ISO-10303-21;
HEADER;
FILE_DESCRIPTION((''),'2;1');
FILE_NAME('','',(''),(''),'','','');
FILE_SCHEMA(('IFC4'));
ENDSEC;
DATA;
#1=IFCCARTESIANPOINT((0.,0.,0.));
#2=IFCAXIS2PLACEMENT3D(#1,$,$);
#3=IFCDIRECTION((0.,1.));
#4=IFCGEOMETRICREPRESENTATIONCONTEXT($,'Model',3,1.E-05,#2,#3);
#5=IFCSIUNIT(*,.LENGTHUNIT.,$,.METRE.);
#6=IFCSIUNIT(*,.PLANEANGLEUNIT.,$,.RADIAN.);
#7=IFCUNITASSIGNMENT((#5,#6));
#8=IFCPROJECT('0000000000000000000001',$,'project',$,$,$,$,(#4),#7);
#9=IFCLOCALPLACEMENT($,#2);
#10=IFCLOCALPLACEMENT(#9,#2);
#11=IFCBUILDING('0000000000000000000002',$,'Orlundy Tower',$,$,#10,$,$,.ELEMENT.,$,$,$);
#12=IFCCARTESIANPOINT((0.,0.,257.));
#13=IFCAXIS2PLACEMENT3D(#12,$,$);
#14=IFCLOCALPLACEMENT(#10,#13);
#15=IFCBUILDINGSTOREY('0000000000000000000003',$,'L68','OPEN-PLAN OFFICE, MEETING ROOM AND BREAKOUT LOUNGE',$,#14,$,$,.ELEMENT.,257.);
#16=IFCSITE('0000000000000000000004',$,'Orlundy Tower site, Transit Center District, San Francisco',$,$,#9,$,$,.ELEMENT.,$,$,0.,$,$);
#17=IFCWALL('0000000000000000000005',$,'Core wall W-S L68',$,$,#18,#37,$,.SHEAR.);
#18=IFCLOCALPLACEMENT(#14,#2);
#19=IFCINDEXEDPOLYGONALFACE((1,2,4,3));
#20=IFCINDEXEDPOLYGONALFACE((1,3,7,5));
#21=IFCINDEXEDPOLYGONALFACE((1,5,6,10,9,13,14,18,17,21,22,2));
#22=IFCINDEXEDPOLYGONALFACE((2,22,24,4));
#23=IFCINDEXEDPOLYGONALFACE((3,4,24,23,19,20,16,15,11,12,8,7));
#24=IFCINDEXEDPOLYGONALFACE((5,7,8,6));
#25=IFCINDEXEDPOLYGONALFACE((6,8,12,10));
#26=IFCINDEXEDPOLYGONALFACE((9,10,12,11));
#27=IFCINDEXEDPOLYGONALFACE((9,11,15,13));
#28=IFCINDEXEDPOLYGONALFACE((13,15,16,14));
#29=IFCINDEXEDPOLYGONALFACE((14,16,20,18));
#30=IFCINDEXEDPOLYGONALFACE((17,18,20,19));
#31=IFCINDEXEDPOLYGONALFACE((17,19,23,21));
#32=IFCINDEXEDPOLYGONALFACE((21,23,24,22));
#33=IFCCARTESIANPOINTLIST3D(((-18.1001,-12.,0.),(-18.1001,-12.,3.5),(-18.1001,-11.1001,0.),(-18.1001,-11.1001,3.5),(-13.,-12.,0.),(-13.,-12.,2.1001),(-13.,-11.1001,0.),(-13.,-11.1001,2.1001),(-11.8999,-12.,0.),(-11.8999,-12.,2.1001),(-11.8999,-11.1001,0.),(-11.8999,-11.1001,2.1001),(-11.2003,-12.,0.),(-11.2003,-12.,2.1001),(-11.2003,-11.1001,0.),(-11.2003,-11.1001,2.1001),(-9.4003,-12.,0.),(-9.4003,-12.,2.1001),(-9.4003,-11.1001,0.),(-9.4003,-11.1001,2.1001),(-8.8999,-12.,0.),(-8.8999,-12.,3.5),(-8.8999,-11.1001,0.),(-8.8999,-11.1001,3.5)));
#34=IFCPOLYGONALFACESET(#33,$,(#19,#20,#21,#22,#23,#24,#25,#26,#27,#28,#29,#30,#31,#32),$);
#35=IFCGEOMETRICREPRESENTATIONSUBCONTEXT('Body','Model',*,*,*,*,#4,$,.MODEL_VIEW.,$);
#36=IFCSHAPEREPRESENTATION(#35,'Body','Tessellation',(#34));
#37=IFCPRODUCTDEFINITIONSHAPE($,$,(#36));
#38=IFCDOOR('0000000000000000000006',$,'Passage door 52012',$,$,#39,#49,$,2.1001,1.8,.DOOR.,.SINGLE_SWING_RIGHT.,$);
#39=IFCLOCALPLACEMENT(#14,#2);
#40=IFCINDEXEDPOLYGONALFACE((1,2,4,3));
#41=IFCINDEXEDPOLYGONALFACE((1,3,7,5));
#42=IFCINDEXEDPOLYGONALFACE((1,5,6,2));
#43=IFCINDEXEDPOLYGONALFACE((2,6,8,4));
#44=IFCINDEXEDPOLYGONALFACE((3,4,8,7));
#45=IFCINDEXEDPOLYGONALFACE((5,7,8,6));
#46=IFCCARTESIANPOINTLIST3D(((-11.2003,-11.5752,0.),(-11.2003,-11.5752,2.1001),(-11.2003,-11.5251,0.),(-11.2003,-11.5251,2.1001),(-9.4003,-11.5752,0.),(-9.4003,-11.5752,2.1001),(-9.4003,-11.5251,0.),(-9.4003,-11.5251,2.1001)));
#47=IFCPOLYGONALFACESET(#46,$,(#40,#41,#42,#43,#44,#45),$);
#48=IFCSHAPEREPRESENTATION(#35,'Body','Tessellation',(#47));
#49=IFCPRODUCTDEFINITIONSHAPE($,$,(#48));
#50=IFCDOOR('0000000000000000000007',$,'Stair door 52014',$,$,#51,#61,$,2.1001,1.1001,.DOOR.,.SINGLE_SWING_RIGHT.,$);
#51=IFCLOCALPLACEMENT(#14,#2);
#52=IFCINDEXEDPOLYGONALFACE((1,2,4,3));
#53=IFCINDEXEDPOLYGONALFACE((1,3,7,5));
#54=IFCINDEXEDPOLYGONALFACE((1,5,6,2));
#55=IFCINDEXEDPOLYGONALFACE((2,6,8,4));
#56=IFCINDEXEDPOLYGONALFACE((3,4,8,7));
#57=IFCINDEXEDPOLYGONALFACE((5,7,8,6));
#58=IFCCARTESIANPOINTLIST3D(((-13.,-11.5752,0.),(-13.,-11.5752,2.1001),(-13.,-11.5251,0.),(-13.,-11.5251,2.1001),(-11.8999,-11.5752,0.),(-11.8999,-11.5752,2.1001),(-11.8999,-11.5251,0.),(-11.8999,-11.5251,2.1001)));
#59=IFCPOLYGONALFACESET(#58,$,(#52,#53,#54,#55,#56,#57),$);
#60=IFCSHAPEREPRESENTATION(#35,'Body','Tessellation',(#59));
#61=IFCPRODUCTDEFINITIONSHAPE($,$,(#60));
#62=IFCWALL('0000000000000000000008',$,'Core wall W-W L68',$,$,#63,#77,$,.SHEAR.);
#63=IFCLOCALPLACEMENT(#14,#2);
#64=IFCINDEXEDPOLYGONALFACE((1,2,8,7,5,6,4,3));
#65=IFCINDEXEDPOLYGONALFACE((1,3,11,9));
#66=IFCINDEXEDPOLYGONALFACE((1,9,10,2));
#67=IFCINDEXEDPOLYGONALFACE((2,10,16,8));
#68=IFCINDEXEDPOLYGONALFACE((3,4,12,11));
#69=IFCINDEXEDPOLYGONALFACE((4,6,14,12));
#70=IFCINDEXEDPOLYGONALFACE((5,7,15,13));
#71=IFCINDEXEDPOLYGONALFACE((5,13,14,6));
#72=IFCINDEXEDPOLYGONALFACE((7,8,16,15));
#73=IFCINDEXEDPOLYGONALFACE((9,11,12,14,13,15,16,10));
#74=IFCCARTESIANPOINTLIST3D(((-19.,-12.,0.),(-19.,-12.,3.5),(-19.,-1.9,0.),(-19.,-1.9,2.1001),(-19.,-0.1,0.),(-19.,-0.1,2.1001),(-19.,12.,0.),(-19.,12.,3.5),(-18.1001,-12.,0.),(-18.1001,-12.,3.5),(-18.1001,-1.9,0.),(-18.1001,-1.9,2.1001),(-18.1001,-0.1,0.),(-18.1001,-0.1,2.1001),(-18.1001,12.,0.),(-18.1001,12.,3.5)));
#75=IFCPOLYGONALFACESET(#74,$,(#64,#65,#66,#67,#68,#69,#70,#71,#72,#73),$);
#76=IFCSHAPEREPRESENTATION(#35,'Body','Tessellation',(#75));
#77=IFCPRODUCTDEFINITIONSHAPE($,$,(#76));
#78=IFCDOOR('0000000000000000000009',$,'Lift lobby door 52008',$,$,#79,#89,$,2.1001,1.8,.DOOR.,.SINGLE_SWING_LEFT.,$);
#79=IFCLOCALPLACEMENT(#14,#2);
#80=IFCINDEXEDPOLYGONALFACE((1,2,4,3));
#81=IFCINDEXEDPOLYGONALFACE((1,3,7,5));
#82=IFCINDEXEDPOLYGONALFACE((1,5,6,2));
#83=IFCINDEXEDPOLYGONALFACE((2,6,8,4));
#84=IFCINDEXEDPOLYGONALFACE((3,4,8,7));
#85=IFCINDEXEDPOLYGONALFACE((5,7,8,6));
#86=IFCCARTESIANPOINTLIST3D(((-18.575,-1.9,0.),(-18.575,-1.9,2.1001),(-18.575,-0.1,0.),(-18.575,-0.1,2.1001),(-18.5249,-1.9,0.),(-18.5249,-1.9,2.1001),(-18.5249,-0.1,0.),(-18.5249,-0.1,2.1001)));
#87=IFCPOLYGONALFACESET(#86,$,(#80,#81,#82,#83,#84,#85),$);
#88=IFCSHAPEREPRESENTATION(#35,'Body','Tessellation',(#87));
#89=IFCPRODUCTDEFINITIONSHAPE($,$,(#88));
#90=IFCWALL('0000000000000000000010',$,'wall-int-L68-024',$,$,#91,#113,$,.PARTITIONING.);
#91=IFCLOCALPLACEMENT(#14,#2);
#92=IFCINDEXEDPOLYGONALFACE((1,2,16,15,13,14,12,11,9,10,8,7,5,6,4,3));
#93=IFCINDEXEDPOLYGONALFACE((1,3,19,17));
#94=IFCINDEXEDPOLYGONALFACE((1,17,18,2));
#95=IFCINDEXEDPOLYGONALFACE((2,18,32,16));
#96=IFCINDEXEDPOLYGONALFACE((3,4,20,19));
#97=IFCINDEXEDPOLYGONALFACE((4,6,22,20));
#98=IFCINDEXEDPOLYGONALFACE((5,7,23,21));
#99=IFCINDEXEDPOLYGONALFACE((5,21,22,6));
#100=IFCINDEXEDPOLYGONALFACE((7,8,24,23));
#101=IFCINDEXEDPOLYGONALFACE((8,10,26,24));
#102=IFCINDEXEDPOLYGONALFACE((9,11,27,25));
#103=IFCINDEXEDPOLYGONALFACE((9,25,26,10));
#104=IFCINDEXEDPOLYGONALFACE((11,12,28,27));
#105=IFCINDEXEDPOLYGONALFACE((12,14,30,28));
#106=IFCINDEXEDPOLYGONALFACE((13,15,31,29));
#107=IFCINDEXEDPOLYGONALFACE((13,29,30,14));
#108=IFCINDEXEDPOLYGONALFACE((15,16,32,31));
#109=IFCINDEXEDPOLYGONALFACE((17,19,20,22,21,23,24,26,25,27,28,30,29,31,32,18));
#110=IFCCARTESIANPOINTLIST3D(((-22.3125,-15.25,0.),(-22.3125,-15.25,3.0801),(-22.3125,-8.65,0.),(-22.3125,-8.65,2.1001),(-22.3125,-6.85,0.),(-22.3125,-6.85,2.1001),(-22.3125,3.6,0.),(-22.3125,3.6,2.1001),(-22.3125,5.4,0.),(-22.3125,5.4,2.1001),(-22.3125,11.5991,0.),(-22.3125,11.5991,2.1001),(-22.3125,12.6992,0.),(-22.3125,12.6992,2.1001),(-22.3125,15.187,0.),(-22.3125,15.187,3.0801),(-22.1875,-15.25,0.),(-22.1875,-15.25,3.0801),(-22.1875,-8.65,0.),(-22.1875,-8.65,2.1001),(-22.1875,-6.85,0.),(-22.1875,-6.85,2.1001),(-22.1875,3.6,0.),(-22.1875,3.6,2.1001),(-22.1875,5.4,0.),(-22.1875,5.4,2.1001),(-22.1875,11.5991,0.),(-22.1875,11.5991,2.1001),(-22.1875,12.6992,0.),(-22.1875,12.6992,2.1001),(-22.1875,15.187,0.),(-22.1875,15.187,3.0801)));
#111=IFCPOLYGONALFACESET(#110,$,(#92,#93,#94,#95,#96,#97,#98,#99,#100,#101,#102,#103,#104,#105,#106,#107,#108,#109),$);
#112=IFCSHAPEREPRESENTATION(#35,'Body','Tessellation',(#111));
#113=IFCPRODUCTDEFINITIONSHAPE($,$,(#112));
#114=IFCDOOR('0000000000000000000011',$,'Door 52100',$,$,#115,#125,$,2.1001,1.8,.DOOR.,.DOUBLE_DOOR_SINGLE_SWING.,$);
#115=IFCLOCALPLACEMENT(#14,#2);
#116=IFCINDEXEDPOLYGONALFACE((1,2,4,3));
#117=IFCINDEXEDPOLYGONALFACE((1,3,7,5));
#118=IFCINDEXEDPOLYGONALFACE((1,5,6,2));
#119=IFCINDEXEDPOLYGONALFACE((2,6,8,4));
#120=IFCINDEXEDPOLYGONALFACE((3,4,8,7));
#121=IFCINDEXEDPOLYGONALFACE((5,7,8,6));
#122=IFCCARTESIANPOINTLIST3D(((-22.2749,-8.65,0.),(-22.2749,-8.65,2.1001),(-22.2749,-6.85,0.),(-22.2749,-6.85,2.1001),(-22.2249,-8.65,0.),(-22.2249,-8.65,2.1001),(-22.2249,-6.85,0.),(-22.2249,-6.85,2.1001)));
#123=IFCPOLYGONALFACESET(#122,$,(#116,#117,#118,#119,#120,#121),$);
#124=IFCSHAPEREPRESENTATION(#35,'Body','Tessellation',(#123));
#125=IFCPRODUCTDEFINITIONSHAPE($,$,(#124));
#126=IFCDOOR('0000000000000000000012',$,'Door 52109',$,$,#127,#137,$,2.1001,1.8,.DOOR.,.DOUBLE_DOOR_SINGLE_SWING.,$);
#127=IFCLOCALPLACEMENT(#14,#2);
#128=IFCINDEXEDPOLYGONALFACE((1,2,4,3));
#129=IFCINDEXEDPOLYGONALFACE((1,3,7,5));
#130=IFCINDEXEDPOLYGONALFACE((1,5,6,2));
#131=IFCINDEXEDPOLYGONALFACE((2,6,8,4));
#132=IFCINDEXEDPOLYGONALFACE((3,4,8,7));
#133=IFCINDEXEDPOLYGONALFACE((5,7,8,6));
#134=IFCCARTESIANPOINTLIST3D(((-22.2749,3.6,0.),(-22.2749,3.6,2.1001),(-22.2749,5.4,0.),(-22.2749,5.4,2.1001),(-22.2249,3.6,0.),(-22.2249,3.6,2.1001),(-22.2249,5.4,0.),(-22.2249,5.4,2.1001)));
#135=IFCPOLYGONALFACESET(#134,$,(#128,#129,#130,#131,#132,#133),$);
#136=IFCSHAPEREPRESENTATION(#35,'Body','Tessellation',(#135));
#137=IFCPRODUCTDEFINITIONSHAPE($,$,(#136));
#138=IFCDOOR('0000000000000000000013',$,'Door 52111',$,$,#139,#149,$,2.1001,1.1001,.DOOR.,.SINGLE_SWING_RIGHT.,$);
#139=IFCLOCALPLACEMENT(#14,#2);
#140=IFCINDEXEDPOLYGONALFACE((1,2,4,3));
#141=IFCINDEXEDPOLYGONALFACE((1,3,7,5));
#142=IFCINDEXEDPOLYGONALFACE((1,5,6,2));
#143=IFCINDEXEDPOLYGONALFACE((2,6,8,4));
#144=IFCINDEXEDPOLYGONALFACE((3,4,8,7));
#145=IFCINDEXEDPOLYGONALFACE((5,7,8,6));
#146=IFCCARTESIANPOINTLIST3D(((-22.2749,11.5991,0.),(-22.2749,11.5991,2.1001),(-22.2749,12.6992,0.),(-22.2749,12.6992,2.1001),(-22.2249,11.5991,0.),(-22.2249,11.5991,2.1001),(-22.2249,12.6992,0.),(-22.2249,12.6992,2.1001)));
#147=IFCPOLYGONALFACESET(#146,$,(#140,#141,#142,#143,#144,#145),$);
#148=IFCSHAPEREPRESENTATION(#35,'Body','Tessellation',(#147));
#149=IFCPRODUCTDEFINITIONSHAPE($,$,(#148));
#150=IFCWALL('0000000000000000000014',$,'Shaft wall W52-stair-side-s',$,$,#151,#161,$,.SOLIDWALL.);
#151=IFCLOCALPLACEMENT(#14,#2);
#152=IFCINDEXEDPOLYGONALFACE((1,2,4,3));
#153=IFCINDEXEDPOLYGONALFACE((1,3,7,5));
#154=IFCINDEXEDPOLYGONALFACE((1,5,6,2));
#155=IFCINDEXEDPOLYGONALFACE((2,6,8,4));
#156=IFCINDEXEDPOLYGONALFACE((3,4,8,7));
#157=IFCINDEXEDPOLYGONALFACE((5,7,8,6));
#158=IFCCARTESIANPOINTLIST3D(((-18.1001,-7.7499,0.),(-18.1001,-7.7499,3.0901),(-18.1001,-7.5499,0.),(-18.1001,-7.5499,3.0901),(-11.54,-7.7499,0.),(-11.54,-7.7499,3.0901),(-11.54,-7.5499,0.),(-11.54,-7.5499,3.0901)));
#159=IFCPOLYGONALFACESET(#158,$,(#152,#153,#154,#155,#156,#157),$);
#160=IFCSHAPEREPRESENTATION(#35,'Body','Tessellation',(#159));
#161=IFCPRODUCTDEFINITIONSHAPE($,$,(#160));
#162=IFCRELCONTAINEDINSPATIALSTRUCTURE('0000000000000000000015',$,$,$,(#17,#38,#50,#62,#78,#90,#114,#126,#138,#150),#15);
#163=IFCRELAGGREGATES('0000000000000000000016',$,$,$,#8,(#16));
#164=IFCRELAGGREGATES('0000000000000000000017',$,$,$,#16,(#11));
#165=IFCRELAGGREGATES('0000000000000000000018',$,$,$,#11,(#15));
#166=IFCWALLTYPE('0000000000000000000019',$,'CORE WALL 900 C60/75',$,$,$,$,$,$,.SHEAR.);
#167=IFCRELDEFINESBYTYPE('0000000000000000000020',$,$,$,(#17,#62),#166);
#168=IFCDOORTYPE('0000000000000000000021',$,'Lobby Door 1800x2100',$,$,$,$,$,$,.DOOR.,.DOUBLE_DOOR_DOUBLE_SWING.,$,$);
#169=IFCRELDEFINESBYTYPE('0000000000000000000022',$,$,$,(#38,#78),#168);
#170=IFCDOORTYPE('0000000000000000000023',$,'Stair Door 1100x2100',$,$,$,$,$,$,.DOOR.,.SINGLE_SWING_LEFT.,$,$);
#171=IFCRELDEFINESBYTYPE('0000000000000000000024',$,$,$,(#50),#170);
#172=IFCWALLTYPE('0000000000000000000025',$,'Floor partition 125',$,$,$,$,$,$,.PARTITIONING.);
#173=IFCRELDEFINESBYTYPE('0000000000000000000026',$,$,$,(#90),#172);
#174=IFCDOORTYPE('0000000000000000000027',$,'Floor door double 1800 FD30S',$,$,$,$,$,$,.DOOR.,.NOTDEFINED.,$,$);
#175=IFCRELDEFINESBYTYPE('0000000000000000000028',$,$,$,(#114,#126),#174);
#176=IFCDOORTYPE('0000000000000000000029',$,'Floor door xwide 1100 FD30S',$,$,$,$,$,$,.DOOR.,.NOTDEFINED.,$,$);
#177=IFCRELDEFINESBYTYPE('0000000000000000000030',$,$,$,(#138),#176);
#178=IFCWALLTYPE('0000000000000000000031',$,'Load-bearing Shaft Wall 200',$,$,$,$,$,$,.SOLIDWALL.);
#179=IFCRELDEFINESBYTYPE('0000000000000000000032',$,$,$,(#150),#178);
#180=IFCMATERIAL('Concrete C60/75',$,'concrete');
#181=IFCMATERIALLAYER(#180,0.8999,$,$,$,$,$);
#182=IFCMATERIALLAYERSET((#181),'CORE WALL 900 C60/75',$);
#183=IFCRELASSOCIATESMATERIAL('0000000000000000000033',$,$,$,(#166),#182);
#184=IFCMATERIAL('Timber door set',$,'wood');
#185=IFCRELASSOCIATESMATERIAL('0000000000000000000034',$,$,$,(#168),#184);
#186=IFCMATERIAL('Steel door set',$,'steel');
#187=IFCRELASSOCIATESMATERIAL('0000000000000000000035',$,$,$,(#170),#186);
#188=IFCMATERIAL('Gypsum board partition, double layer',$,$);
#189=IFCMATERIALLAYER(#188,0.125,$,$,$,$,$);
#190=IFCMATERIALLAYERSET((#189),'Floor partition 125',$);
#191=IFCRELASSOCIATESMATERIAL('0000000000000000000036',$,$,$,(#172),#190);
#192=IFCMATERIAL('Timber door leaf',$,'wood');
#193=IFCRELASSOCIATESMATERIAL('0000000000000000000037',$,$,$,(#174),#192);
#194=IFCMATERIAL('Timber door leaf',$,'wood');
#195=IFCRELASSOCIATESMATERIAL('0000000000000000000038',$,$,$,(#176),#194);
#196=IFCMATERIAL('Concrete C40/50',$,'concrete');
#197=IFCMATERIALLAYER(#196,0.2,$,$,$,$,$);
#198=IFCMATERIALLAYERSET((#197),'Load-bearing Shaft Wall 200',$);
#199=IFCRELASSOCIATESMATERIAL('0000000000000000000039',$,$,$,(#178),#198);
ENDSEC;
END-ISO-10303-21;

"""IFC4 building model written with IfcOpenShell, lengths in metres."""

from ifc_helpers import new_model, si_unit, direction, frame, frame_2d, origin, place, context, subcontext, project, spatial, rectangle, extrude, material, layer, layer_set, type_object, element, fill, save


model = new_model("IFC4")

# Units and contexts
model_context = context("Model", 3, precision=1e-05, world=origin(), true_north=direction((0.0, 1.0)))
body_context = subcontext(model_context, "Body", "Model", "MODEL_VIEW")
ifc_project = project(units=[si_unit("LENGTHUNIT", "METRE"), si_unit("PLANEANGLEUNIT", "RADIAN")], contexts=[model_context])

# Site, building, storey
site_placement = place(None, origin())
site = spatial("IfcSite", under=ifc_project, at=site_placement, Name="Orlundy Tower site, Transit Center District, San Francisco", CompositionType="ELEMENT", RefElevation=0.0)
building_placement = place(site_placement, origin())
building = spatial("IfcBuilding", under=site, at=building_placement, Name="Orlundy Tower", CompositionType="ELEMENT")
storey_placement = place(building_placement, frame((0.0, 0.0, 257.0)))
storey = spatial("IfcBuildingStorey", under=building, at=storey_placement, Name="L68", Description="OPEN-PLAN OFFICE, MEETING ROOM AND BREAKOUT LOUNGE", CompositionType="ELEMENT", Elevation=257.0)

# Wall, openings, doors
ifc_material_1 = material(Name="Concrete C60/75", Category="concrete")
ifc_layer_1 = layer(ifc_material_1, 0.8999)
ifc_layer_set_1 = layer_set([ifc_layer_1], Name="CORE WALL 900 C60/75")
wall_type_1 = type_object("IfcWallType", Name="CORE WALL 900 C60/75", PredefinedType="SHEAR", material=ifc_layer_set_1)
wall_1_placement = place(storey_placement, frame((-18.1001, -11.55, 0.0), z_axis=(0.0, 0.0, 1.0), x_axis=(1.0, 0.0, 0.0)))
wall_1 = element("IfcWall", 1, at=wall_1_placement, inside=storey, type_object=wall_type_1, Name="Core wall W-S L68", PredefinedType="SHEAR", context=body_context, shape_type="SweptSolid", body=[
    extrude(rectangle(XDim=9.2002, YDim=0.8999, at=frame_2d((4.6001, 0.0))), origin(), (0.0, 0.0, 1.0), 3.5),
])
opening_1_placement = place(wall_1_placement, frame((6.8999, 0.0, 0.0)))
opening_1 = element("IfcOpeningElement", 2, at=opening_1_placement, cuts=wall_1, PredefinedType="OPENING", context=body_context, shape_type="SweptSolid", body=[
    extrude(rectangle(XDim=1.8, YDim=2.1001, at=frame_2d((0.8999, 1.05))), frame((0.0, 0.46, 0.0), z_axis=(0.0, -1.0, 0.0), x_axis=(1.0, 0.0, 0.0)), (0.0, 0.0, 1.0), 0.9199),
])
opening_2_placement = place(wall_1_placement, frame((5.1001, 0.0, 0.0)))
opening_2 = element("IfcOpeningElement", 3, at=opening_2_placement, cuts=wall_1, PredefinedType="OPENING", context=body_context, shape_type="SweptSolid", body=[
    extrude(rectangle(XDim=1.1001, YDim=2.1001, at=frame_2d((0.55, 1.05))), frame((0.0, 0.46, 0.0), z_axis=(0.0, -1.0, 0.0), x_axis=(1.0, 0.0, 0.0)), (0.0, 0.0, 1.0), 0.9199),
])
ifc_material_2 = material(Name="Timber door set", Category="wood")
door_type_1 = type_object("IfcDoorType", Name="Lobby Door 1800x2100", OperationType="DOUBLE_DOOR_DOUBLE_SWING", PredefinedType="DOOR", material=ifc_material_2)
door_1_placement = place(opening_1_placement, origin())
door_1 = element("IfcDoor", 4, at=door_1_placement, inside=storey, type_object=door_type_1, Name="Passage door 52012", OperationType="SINGLE_SWING_RIGHT", OverallHeight=2.1001, OverallWidth=1.8, PredefinedType="DOOR", context=body_context, shape_type="SweptSolid", body=[
    extrude(rectangle(XDim=1.8, YDim=2.1001, at=frame_2d((0.8999, 1.05))), frame((0.0, 0.0249, 0.0), z_axis=(0.0, -1.0, 0.0), x_axis=(1.0, 0.0, 0.0)), (0.0, 0.0, 1.0), 0.05),
])
fill(opening_1, door_1)
ifc_material_3 = material(Name="Steel door set", Category="steel")
door_type_2 = type_object("IfcDoorType", Name="Stair Door 1100x2100", OperationType="SINGLE_SWING_LEFT", PredefinedType="DOOR", material=ifc_material_3)
door_2_placement = place(opening_2_placement, origin())
door_2 = element("IfcDoor", 5, at=door_2_placement, inside=storey, type_object=door_type_2, Name="Stair door 52014", OperationType="SINGLE_SWING_RIGHT", OverallHeight=2.1001, OverallWidth=1.1001, PredefinedType="DOOR", context=body_context, shape_type="SweptSolid", body=[
    extrude(rectangle(XDim=1.1001, YDim=2.1001, at=frame_2d((0.55, 1.05))), frame((0.0, 0.0249, 0.0), z_axis=(0.0, -1.0, 0.0), x_axis=(1.0, 0.0, 0.0)), (0.0, 0.0, 1.0), 0.05),
])
fill(opening_2, door_2)

# Wall, opening, door
wall_2_placement = place(storey_placement, frame((-18.55, -12.0, 0.0), z_axis=(0.0, 0.0, 1.0), x_axis=(0.0, 1.0, 0.0)))
wall_2 = element("IfcWall", 6, at=wall_2_placement, inside=storey, type_object=wall_type_1, Name="Core wall W-W L68", PredefinedType="SHEAR", context=body_context, shape_type="SweptSolid", body=[
    extrude(rectangle(XDim=24.0, YDim=0.8999, at=frame_2d((12.0, 0.0))), origin(), (0.0, 0.0, 1.0), 3.5),
])
opening_3_placement = place(wall_2_placement, frame((10.1001, 0.0, 0.0)))
opening_3 = element("IfcOpeningElement", 7, at=opening_3_placement, cuts=wall_2, PredefinedType="OPENING", context=body_context, shape_type="SweptSolid", body=[
    extrude(rectangle(XDim=1.8, YDim=2.1001, at=frame_2d((0.8999, 1.05))), frame((0.0, 0.46, 0.0), z_axis=(0.0, -1.0, 0.0), x_axis=(1.0, 0.0, 0.0)), (0.0, 0.0, 1.0), 0.9199),
])
door_3_placement = place(opening_3_placement, origin())
door_3 = element("IfcDoor", 8, at=door_3_placement, inside=storey, type_object=door_type_1, Name="Lift lobby door 52008", OperationType="SINGLE_SWING_LEFT", OverallHeight=2.1001, OverallWidth=1.8, PredefinedType="DOOR", context=body_context, shape_type="SweptSolid", body=[
    extrude(rectangle(XDim=1.8, YDim=2.1001, at=frame_2d((0.8999, 1.05))), frame((0.0, 0.0249, 0.0), z_axis=(0.0, -1.0, 0.0), x_axis=(1.0, 0.0, 0.0)), (0.0, 0.0, 1.0), 0.05),
])
fill(opening_3, door_3)

# Wall, openings, doors
ifc_material_4 = material(Name="Gypsum board partition, double layer")
ifc_layer_2 = layer(ifc_material_4, 0.125)
ifc_layer_set_2 = layer_set([ifc_layer_2], Name="Floor partition 125")
wall_type_2 = type_object("IfcWallType", Name="Floor partition 125", PredefinedType="PARTITIONING", material=ifc_layer_set_2)
wall_3_placement = place(storey_placement, frame((-22.25, -15.25, 0.0), z_axis=(0.0, 0.0, 1.0), x_axis=(0.0, 1.0, 0.0)))
wall_3 = element("IfcWall", 9, at=wall_3_placement, inside=storey, type_object=wall_type_2, Name="wall-int-L68-024", PredefinedType="PARTITIONING", context=body_context, shape_type="SweptSolid", body=[
    extrude(rectangle(XDim=30.437, YDim=0.125, at=frame_2d((15.2185, 0.0))), origin(), (0.0, 0.0, 1.0), 3.0801),
])
opening_4_placement = place(wall_3_placement, frame((6.6001, 0.0, 0.0)))
opening_4 = element("IfcOpeningElement", 10, at=opening_4_placement, cuts=wall_3, PredefinedType="OPENING", context=body_context, shape_type="SweptSolid", body=[
    extrude(rectangle(XDim=1.8, YDim=2.1001, at=frame_2d((0.8999, 1.05))), frame((0.0, 0.0725, 0.0), z_axis=(0.0, -1.0, 0.0), x_axis=(1.0, 0.0, 0.0)), (0.0, 0.0, 1.0), 0.145),
])
opening_5_placement = place(wall_3_placement, frame((18.8501, 0.0, 0.0)))
opening_5 = element("IfcOpeningElement", 11, at=opening_5_placement, cuts=wall_3, PredefinedType="OPENING", context=body_context, shape_type="SweptSolid", body=[
    extrude(rectangle(XDim=1.8, YDim=2.1001, at=frame_2d((0.8999, 1.05))), frame((0.0, 0.0725, 0.0), z_axis=(0.0, -1.0, 0.0), x_axis=(1.0, 0.0, 0.0)), (0.0, 0.0, 1.0), 0.145),
])
opening_6_placement = place(wall_3_placement, frame((26.8491, 0.0, 0.0)))
opening_6 = element("IfcOpeningElement", 12, at=opening_6_placement, cuts=wall_3, PredefinedType="OPENING", context=body_context, shape_type="SweptSolid", body=[
    extrude(rectangle(XDim=1.1001, YDim=2.1001, at=frame_2d((0.55, 1.05))), frame((0.0, 0.0725, 0.0), z_axis=(0.0, -1.0, 0.0), x_axis=(1.0, 0.0, 0.0)), (0.0, 0.0, 1.0), 0.145),
])
ifc_material_5 = material(Name="Timber door leaf", Category="wood")
door_type_3 = type_object("IfcDoorType", Name="Floor door double 1800 FD30S", OperationType="NOTDEFINED", PredefinedType="DOOR", material=ifc_material_5)
door_4_placement = place(opening_4_placement, origin())
door_4 = element("IfcDoor", 13, at=door_4_placement, inside=storey, type_object=door_type_3, Name="Door 52100", OperationType="DOUBLE_DOOR_SINGLE_SWING", OverallHeight=2.1001, OverallWidth=1.8, PredefinedType="DOOR", context=body_context, shape_type="SweptSolid", body=[
    extrude(rectangle(XDim=1.8, YDim=2.1001, at=frame_2d((0.8999, 1.05))), frame((0.0, 0.0249, 0.0), z_axis=(0.0, -1.0, 0.0), x_axis=(1.0, 0.0, 0.0)), (0.0, 0.0, 1.0), 0.05),
])
fill(opening_4, door_4)
door_5_placement = place(opening_5_placement, origin())
door_5 = element("IfcDoor", 14, at=door_5_placement, inside=storey, type_object=door_type_3, Name="Door 52109", OperationType="DOUBLE_DOOR_SINGLE_SWING", OverallHeight=2.1001, OverallWidth=1.8, PredefinedType="DOOR", context=body_context, shape_type="SweptSolid", body=[
    extrude(rectangle(XDim=1.8, YDim=2.1001, at=frame_2d((0.8999, 1.05))), frame((0.0, 0.0249, 0.0), z_axis=(0.0, -1.0, 0.0), x_axis=(1.0, 0.0, 0.0)), (0.0, 0.0, 1.0), 0.05),
])
fill(opening_5, door_5)
ifc_material_6 = material(Name="Timber door leaf", Category="wood")
door_type_4 = type_object("IfcDoorType", Name="Floor door xwide 1100 FD30S", OperationType="NOTDEFINED", PredefinedType="DOOR", material=ifc_material_6)
door_6_placement = place(opening_6_placement, origin())
door_6 = element("IfcDoor", 15, at=door_6_placement, inside=storey, type_object=door_type_4, Name="Door 52111", OperationType="SINGLE_SWING_RIGHT", OverallHeight=2.1001, OverallWidth=1.1001, PredefinedType="DOOR", context=body_context, shape_type="SweptSolid", body=[
    extrude(rectangle(XDim=1.1001, YDim=2.1001, at=frame_2d((0.55, 1.05))), frame((0.0, 0.0249, 0.0), z_axis=(0.0, -1.0, 0.0), x_axis=(1.0, 0.0, 0.0)), (0.0, 0.0, 1.0), 0.05),
])
fill(opening_6, door_6)

# Wall
ifc_material_7 = material(Name="Concrete C40/50", Category="concrete")
ifc_layer_3 = layer(ifc_material_7, 0.2)
ifc_layer_set_3 = layer_set([ifc_layer_3], Name="Load-bearing Shaft Wall 200")
wall_type_3 = type_object("IfcWallType", Name="Load-bearing Shaft Wall 200", PredefinedType="SOLIDWALL", material=ifc_layer_set_3)
wall_4_placement = place(storey_placement, frame((-11.54, -7.6499, 0.0), z_axis=(0.0, 0.0, 1.0), x_axis=(-1.0, 0.0, 0.0)))
element("IfcWall", 16, at=wall_4_placement, inside=storey, type_object=wall_type_3, Name="Shaft wall W52-stair-side-s", PredefinedType="SOLIDWALL", context=body_context, shape_type="SweptSolid", body=[
    extrude(rectangle(XDim=6.5601, YDim=0.2, at=frame_2d((3.28, 0.0))), origin(), (0.0, 0.0, 1.0), 3.0901),
])

save(model, "model.ifc")
